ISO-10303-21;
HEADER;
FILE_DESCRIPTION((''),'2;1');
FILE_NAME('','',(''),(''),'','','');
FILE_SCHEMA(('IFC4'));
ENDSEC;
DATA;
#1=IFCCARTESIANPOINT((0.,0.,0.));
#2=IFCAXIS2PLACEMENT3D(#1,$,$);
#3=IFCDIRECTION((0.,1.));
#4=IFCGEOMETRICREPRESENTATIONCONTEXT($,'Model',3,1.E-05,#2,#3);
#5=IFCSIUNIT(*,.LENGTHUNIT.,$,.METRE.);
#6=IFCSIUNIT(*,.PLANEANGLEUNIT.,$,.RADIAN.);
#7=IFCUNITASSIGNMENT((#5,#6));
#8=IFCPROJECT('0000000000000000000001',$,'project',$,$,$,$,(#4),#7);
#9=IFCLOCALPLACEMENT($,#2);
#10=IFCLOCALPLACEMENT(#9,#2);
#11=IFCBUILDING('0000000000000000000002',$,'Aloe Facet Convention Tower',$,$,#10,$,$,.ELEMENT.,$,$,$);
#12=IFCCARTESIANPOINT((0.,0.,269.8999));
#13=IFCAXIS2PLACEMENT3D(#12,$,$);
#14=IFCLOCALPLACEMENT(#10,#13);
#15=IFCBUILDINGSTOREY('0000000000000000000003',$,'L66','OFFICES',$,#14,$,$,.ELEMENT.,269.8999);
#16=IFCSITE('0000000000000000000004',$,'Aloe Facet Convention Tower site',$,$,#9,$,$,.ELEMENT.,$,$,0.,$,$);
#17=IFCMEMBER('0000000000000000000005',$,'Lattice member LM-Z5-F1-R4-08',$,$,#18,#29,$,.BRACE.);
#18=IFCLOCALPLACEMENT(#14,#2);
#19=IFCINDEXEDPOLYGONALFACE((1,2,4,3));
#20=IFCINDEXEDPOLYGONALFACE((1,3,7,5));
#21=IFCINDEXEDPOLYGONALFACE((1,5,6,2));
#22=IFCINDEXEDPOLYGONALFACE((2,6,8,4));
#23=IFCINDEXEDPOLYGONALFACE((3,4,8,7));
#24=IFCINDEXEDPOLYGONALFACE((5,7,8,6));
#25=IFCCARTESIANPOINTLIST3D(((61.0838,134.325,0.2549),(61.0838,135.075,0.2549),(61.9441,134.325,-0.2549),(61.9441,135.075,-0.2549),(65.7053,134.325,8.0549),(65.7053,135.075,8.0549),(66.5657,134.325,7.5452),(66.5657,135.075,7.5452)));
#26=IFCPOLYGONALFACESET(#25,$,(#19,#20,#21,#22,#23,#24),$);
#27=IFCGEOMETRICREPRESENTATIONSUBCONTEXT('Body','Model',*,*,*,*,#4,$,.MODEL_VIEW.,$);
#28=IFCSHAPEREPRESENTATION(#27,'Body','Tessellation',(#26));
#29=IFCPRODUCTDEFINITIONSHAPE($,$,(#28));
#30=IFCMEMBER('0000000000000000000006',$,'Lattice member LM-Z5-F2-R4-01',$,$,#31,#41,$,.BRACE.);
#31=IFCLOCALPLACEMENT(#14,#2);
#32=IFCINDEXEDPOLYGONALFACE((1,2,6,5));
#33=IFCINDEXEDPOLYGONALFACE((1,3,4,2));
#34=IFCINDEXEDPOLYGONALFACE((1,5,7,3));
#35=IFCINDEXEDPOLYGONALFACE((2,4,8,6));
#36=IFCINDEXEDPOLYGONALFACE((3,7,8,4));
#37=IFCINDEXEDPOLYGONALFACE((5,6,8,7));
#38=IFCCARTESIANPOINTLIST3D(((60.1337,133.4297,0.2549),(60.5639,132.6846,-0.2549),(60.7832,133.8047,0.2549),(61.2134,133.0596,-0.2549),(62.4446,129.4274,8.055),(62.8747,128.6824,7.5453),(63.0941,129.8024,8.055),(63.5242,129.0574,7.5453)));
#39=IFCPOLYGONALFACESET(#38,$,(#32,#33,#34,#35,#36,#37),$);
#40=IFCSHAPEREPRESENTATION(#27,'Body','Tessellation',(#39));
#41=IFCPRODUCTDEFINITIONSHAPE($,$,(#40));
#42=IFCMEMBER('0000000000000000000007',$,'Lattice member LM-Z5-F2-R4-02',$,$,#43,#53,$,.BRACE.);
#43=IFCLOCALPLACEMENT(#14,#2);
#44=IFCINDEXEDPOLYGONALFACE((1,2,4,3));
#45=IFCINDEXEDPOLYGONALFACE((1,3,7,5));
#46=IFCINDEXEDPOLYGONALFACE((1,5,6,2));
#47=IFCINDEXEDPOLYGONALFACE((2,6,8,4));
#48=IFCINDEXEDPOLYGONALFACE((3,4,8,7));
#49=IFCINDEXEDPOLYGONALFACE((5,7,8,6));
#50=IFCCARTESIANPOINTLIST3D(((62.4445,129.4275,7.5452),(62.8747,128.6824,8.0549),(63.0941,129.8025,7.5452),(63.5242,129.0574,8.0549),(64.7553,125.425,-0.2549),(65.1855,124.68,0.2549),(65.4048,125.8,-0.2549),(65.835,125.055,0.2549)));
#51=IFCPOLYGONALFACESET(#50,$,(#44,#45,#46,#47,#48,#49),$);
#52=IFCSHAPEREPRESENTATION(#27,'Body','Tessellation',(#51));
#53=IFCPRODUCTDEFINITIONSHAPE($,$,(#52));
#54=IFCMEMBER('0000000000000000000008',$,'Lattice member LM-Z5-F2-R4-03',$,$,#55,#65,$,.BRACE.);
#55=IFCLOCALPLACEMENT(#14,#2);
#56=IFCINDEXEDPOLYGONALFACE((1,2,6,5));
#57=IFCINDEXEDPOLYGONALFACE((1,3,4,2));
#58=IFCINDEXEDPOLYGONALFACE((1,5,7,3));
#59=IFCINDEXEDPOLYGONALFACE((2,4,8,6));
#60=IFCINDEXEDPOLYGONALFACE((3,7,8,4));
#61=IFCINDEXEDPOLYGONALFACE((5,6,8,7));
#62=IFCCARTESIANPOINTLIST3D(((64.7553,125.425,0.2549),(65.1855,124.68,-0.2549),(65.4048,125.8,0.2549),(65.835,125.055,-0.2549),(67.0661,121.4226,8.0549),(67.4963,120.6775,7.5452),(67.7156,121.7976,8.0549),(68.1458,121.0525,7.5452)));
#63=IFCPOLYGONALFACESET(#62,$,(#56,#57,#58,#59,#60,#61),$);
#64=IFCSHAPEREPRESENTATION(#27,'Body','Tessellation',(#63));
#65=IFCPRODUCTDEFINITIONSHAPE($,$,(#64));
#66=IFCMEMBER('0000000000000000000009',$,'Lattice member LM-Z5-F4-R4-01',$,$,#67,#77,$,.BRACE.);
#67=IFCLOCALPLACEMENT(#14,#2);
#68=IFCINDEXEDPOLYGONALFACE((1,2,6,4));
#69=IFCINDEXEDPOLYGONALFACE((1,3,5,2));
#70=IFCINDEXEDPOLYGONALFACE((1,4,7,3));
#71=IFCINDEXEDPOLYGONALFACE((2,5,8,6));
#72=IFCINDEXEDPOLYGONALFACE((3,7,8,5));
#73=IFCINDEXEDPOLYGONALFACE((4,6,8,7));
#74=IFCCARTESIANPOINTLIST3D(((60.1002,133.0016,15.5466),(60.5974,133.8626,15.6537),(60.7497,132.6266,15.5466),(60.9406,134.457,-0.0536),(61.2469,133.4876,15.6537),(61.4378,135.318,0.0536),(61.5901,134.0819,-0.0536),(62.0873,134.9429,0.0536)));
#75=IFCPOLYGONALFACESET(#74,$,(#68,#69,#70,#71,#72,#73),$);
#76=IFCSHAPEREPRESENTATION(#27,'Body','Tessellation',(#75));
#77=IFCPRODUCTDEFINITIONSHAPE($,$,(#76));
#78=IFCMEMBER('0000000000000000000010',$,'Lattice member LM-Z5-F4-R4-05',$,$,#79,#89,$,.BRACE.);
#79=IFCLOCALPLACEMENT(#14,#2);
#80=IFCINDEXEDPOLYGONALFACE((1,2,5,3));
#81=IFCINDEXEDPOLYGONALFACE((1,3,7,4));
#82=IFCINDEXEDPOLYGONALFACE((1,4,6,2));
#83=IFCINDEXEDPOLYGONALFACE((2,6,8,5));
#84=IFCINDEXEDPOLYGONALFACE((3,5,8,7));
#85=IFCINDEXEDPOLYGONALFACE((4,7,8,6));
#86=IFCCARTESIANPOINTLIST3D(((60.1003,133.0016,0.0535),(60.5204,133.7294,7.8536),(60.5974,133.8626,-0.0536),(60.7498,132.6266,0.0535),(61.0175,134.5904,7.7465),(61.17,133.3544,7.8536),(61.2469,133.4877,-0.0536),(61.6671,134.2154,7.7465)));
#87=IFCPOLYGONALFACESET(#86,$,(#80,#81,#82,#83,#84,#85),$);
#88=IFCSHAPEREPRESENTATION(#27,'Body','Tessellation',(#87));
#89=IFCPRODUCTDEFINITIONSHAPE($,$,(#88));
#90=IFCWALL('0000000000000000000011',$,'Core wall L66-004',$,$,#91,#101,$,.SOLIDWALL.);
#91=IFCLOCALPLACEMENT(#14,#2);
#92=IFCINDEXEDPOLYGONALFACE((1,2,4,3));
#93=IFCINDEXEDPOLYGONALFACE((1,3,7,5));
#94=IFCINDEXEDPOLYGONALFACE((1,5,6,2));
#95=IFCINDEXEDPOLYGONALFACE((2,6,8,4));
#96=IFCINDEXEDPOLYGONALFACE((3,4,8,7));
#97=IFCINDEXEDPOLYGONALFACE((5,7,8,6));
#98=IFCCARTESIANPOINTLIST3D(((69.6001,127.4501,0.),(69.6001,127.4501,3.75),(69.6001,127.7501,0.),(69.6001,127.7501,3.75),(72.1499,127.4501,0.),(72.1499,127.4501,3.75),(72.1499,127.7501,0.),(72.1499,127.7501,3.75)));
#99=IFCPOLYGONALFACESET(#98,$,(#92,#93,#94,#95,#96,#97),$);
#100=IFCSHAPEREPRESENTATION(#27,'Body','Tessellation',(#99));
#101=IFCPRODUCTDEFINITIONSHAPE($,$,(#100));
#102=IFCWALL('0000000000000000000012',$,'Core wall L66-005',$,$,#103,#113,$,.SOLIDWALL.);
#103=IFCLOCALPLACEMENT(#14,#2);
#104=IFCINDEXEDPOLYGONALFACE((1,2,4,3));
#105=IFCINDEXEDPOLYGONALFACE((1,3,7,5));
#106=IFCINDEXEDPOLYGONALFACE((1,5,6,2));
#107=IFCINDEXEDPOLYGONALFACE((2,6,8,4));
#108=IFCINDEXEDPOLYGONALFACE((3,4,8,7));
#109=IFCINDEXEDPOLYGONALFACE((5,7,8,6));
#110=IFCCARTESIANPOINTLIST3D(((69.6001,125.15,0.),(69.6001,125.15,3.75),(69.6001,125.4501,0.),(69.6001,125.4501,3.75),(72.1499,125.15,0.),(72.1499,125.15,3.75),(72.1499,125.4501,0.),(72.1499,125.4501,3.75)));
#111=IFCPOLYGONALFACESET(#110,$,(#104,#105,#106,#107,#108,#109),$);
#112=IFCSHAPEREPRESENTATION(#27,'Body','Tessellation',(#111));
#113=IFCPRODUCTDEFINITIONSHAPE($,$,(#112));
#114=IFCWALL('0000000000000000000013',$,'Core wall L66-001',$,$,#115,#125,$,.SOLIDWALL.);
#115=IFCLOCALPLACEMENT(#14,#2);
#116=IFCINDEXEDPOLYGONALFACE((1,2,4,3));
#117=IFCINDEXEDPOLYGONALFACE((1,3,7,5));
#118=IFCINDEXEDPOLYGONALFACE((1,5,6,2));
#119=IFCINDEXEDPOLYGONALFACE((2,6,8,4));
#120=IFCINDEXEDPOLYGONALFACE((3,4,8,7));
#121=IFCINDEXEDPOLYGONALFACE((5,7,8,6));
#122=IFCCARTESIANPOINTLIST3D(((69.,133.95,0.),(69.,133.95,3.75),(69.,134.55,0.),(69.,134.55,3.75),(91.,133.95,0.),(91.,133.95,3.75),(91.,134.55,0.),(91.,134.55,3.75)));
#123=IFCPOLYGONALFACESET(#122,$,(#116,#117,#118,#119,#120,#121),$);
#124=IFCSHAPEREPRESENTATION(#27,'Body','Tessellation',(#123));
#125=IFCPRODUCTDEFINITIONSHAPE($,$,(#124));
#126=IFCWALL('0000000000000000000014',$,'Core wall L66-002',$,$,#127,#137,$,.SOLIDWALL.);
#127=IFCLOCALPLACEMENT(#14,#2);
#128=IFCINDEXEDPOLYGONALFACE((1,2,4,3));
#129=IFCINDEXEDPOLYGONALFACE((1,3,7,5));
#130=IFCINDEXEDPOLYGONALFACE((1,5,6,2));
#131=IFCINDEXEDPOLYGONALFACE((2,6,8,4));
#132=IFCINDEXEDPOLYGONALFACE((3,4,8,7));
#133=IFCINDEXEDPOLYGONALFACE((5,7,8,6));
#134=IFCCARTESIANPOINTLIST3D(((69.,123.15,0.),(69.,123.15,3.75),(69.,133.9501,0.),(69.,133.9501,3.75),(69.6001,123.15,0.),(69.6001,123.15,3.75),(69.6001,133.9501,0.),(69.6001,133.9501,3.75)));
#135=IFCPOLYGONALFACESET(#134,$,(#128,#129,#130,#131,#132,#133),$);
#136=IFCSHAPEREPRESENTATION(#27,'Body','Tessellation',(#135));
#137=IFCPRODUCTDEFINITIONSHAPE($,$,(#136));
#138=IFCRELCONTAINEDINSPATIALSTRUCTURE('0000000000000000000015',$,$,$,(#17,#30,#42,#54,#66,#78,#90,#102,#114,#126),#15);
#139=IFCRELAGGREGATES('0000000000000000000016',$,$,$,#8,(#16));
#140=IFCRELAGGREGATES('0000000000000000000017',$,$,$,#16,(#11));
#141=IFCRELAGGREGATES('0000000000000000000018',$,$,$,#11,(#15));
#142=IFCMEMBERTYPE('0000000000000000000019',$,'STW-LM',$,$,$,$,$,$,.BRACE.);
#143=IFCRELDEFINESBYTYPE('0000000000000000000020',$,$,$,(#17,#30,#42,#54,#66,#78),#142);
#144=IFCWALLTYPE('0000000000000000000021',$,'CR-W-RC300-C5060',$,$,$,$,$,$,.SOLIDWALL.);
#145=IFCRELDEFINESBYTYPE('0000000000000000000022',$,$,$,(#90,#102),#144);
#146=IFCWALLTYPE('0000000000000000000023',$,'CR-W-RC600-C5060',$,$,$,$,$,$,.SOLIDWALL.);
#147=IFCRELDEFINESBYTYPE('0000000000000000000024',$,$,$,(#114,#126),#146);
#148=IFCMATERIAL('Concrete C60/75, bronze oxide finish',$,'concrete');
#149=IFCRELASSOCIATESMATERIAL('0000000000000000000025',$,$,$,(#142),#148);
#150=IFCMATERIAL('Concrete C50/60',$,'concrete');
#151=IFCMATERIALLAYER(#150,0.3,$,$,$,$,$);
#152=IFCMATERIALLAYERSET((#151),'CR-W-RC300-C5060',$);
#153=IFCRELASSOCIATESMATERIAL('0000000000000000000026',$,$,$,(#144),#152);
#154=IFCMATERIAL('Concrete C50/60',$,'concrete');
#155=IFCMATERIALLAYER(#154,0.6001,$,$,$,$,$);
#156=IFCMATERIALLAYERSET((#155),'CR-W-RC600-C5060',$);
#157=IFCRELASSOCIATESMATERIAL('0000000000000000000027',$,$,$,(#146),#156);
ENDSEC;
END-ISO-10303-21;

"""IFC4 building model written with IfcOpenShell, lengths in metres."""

from ifc_helpers import new_model, si_unit, direction, frame, frame_2d, origin, origin_2d, place, context, subcontext, project, spatial, rectangle, extrude, material, layer, layer_set, material_profile, profile_set, type_object, element, save


model = new_model("IFC4")

# Units and contexts
model_context = context("Model", 3, precision=1e-05, world=origin(), true_north=direction((0.0, 1.0)))
body_context = subcontext(model_context, "Body", "Model", "MODEL_VIEW")
ifc_project = project(units=[si_unit("LENGTHUNIT", "METRE"), si_unit("PLANEANGLEUNIT", "RADIAN")], contexts=[model_context])

# Site, building, storey
site_placement = place(None, origin())
site = spatial("IfcSite", under=ifc_project, at=site_placement, Name="Aloe Facet Convention Tower site", CompositionType="ELEMENT", RefElevation=0.0)
building_placement = place(site_placement, origin())
building = spatial("IfcBuilding", under=site, at=building_placement, Name="Aloe Facet Convention Tower", CompositionType="ELEMENT")
storey_placement = place(building_placement, frame((0.0, 0.0, 269.8999)))
storey = spatial("IfcBuildingStorey", under=building, at=storey_placement, Name="L66", Description="OFFICES", CompositionType="ELEMENT", Elevation=269.8999)

# Members
ifc_material_1 = material(Name="Concrete C60/75, bronze oxide finish", Category="concrete")
ifc_material_profile_1 = material_profile(ifc_material_1, rectangle(XDim=0.75, YDim=1.0, at=origin_2d()), Name="STW-LM")
ifc_profile_set_1 = profile_set([ifc_material_profile_1], Name="Concrete C60/75, bronze oxide finish")
member_type = type_object("IfcMemberType", Name="STW-LM", PredefinedType="BRACE", material=ifc_profile_set_1)
for number, where, z_axis, x_axis, name in (
    (1, (61.5139, 134.7, 0.0), (0.509748, 0.0, 0.860324), (0.0, 1.0, 0.0), "Lattice member LM-Z5-F1-R4-08"),
    (2, (60.6736, 133.2446, 0.0), (0.254876, -0.441436, 0.860333), (0.866014, 0.50002, 0.0), "Lattice member LM-Z5-F2-R4-01"),
    (3, (65.2952, 125.24, 0.0), (-0.254873, 0.441458, 0.860322), (-0.866027, -0.499997, 0.0), "Lattice member LM-Z5-F2-R4-02"),
    (4, (65.2952, 125.24, 0.0), (0.254873, -0.441458, 0.860322), (0.866027, 0.499997, 0.0), "Lattice member LM-Z5-F2-R4-03"),
):
    element("IfcMember", number, at=place(storey_placement, frame(where, z_axis=z_axis, x_axis=x_axis)), inside=storey, type_object=member_type, Name=name, PredefinedType="BRACE", context=body_context, shape_type="SweptSolid", body=[
        extrude(rectangle(XDim=0.75, YDim=1.0, at=origin_2d()), origin(), (0.0, 0.0, 1.0), 9.0664),
    ])
member_1_placement = place(storey_placement, frame((61.5139, 134.7, 0.0), z_axis=(-0.053557, -0.092753, 0.994248), x_axis=(0.865999, -0.500045, 0.0)))
element("IfcMember", 5, at=member_1_placement, inside=storey, type_object=member_type, Name="Lattice member LM-Z5-F4-R4-01", PredefinedType="BRACE", context=body_context, shape_type="SweptSolid", body=[
    extrude(rectangle(XDim=0.75, YDim=1.0, at=origin_2d()), origin(), (0.0, 0.0, 1.0), 15.6904),
])
member_2_placement = place(storey_placement, frame((61.0938, 133.9724, 7.8), z_axis=(-0.053557, -0.092768, -0.994246), x_axis=(0.866036, -0.499982, 0.0)))
element("IfcMember", 6, at=member_2_placement, inside=storey, type_object=member_type, Name="Lattice member LM-Z5-F4-R4-05", PredefinedType="BRACE", context=body_context, shape_type="SweptSolid", body=[
    extrude(rectangle(XDim=0.75, YDim=1.0, at=origin_2d()), origin(), (0.0, 0.0, 1.0), 7.8452),
])

# Walls
ifc_material_2 = material(Name="Concrete C50/60", Category="concrete")
ifc_layer_1 = layer(ifc_material_2, 0.3)
ifc_layer_set_1 = layer_set([ifc_layer_1], Name="CR-W-RC300-C5060")
wall_type_1 = type_object("IfcWallType", Name="CR-W-RC300-C5060", PredefinedType="SOLIDWALL", material=ifc_layer_set_1)
for number, where, z_axis, x_axis, name in (
    (7, (69.6001, 127.6001, 0.0), (0.0, 0.0, 1.0), (1.0, 0.0, 0.0), "Core wall L66-004"),
    (8, (69.6001, 125.3, 0.0), (0.0, 0.0, 1.0), (1.0, 0.0, 0.0), "Core wall L66-005"),
):
    element("IfcWall", number, at=place(storey_placement, frame(where, z_axis=z_axis, x_axis=x_axis)), inside=storey, type_object=wall_type_1, Name=name, PredefinedType="SOLIDWALL", context=body_context, shape_type="SweptSolid", body=[
        extrude(rectangle(XDim=2.5498, YDim=0.3, at=frame_2d((1.2749, 0.0))), origin(), (0.0, 0.0, 1.0), 3.75),
    ])
ifc_material_3 = material(Name="Concrete C50/60", Category="concrete")
ifc_layer_2 = layer(ifc_material_3, 0.6001)
ifc_layer_set_2 = layer_set([ifc_layer_2], Name="CR-W-RC600-C5060")
wall_type_2 = type_object("IfcWallType", Name="CR-W-RC600-C5060", PredefinedType="SOLIDWALL", material=ifc_layer_set_2)
wall_1_placement = place(storey_placement, frame((69.0, 134.25, 0.0), z_axis=(0.0, 0.0, 1.0), x_axis=(1.0, 0.0, 0.0)))
element("IfcWall", 9, at=wall_1_placement, inside=storey, type_object=wall_type_2, Name="Core wall L66-001", PredefinedType="SOLIDWALL", context=body_context, shape_type="SweptSolid", body=[
    extrude(rectangle(XDim=22.0, YDim=0.6001, at=frame_2d((11.0, 0.0))), origin(), (0.0, 0.0, 1.0), 3.75),
])
wall_2_placement = place(storey_placement, frame((69.3, 133.95, 0.0), z_axis=(0.0, 0.0, 1.0), x_axis=(0.0, -1.0, 0.0)))
element("IfcWall", 10, at=wall_2_placement, inside=storey, type_object=wall_type_2, Name="Core wall L66-002", PredefinedType="SOLIDWALL", context=body_context, shape_type="SweptSolid", body=[
    extrude(rectangle(XDim=10.8, YDim=0.6001, at=frame_2d((5.3999, 0.0))), origin(), (0.0, 0.0, 1.0), 3.75),
])

save(model, "model.ifc")
